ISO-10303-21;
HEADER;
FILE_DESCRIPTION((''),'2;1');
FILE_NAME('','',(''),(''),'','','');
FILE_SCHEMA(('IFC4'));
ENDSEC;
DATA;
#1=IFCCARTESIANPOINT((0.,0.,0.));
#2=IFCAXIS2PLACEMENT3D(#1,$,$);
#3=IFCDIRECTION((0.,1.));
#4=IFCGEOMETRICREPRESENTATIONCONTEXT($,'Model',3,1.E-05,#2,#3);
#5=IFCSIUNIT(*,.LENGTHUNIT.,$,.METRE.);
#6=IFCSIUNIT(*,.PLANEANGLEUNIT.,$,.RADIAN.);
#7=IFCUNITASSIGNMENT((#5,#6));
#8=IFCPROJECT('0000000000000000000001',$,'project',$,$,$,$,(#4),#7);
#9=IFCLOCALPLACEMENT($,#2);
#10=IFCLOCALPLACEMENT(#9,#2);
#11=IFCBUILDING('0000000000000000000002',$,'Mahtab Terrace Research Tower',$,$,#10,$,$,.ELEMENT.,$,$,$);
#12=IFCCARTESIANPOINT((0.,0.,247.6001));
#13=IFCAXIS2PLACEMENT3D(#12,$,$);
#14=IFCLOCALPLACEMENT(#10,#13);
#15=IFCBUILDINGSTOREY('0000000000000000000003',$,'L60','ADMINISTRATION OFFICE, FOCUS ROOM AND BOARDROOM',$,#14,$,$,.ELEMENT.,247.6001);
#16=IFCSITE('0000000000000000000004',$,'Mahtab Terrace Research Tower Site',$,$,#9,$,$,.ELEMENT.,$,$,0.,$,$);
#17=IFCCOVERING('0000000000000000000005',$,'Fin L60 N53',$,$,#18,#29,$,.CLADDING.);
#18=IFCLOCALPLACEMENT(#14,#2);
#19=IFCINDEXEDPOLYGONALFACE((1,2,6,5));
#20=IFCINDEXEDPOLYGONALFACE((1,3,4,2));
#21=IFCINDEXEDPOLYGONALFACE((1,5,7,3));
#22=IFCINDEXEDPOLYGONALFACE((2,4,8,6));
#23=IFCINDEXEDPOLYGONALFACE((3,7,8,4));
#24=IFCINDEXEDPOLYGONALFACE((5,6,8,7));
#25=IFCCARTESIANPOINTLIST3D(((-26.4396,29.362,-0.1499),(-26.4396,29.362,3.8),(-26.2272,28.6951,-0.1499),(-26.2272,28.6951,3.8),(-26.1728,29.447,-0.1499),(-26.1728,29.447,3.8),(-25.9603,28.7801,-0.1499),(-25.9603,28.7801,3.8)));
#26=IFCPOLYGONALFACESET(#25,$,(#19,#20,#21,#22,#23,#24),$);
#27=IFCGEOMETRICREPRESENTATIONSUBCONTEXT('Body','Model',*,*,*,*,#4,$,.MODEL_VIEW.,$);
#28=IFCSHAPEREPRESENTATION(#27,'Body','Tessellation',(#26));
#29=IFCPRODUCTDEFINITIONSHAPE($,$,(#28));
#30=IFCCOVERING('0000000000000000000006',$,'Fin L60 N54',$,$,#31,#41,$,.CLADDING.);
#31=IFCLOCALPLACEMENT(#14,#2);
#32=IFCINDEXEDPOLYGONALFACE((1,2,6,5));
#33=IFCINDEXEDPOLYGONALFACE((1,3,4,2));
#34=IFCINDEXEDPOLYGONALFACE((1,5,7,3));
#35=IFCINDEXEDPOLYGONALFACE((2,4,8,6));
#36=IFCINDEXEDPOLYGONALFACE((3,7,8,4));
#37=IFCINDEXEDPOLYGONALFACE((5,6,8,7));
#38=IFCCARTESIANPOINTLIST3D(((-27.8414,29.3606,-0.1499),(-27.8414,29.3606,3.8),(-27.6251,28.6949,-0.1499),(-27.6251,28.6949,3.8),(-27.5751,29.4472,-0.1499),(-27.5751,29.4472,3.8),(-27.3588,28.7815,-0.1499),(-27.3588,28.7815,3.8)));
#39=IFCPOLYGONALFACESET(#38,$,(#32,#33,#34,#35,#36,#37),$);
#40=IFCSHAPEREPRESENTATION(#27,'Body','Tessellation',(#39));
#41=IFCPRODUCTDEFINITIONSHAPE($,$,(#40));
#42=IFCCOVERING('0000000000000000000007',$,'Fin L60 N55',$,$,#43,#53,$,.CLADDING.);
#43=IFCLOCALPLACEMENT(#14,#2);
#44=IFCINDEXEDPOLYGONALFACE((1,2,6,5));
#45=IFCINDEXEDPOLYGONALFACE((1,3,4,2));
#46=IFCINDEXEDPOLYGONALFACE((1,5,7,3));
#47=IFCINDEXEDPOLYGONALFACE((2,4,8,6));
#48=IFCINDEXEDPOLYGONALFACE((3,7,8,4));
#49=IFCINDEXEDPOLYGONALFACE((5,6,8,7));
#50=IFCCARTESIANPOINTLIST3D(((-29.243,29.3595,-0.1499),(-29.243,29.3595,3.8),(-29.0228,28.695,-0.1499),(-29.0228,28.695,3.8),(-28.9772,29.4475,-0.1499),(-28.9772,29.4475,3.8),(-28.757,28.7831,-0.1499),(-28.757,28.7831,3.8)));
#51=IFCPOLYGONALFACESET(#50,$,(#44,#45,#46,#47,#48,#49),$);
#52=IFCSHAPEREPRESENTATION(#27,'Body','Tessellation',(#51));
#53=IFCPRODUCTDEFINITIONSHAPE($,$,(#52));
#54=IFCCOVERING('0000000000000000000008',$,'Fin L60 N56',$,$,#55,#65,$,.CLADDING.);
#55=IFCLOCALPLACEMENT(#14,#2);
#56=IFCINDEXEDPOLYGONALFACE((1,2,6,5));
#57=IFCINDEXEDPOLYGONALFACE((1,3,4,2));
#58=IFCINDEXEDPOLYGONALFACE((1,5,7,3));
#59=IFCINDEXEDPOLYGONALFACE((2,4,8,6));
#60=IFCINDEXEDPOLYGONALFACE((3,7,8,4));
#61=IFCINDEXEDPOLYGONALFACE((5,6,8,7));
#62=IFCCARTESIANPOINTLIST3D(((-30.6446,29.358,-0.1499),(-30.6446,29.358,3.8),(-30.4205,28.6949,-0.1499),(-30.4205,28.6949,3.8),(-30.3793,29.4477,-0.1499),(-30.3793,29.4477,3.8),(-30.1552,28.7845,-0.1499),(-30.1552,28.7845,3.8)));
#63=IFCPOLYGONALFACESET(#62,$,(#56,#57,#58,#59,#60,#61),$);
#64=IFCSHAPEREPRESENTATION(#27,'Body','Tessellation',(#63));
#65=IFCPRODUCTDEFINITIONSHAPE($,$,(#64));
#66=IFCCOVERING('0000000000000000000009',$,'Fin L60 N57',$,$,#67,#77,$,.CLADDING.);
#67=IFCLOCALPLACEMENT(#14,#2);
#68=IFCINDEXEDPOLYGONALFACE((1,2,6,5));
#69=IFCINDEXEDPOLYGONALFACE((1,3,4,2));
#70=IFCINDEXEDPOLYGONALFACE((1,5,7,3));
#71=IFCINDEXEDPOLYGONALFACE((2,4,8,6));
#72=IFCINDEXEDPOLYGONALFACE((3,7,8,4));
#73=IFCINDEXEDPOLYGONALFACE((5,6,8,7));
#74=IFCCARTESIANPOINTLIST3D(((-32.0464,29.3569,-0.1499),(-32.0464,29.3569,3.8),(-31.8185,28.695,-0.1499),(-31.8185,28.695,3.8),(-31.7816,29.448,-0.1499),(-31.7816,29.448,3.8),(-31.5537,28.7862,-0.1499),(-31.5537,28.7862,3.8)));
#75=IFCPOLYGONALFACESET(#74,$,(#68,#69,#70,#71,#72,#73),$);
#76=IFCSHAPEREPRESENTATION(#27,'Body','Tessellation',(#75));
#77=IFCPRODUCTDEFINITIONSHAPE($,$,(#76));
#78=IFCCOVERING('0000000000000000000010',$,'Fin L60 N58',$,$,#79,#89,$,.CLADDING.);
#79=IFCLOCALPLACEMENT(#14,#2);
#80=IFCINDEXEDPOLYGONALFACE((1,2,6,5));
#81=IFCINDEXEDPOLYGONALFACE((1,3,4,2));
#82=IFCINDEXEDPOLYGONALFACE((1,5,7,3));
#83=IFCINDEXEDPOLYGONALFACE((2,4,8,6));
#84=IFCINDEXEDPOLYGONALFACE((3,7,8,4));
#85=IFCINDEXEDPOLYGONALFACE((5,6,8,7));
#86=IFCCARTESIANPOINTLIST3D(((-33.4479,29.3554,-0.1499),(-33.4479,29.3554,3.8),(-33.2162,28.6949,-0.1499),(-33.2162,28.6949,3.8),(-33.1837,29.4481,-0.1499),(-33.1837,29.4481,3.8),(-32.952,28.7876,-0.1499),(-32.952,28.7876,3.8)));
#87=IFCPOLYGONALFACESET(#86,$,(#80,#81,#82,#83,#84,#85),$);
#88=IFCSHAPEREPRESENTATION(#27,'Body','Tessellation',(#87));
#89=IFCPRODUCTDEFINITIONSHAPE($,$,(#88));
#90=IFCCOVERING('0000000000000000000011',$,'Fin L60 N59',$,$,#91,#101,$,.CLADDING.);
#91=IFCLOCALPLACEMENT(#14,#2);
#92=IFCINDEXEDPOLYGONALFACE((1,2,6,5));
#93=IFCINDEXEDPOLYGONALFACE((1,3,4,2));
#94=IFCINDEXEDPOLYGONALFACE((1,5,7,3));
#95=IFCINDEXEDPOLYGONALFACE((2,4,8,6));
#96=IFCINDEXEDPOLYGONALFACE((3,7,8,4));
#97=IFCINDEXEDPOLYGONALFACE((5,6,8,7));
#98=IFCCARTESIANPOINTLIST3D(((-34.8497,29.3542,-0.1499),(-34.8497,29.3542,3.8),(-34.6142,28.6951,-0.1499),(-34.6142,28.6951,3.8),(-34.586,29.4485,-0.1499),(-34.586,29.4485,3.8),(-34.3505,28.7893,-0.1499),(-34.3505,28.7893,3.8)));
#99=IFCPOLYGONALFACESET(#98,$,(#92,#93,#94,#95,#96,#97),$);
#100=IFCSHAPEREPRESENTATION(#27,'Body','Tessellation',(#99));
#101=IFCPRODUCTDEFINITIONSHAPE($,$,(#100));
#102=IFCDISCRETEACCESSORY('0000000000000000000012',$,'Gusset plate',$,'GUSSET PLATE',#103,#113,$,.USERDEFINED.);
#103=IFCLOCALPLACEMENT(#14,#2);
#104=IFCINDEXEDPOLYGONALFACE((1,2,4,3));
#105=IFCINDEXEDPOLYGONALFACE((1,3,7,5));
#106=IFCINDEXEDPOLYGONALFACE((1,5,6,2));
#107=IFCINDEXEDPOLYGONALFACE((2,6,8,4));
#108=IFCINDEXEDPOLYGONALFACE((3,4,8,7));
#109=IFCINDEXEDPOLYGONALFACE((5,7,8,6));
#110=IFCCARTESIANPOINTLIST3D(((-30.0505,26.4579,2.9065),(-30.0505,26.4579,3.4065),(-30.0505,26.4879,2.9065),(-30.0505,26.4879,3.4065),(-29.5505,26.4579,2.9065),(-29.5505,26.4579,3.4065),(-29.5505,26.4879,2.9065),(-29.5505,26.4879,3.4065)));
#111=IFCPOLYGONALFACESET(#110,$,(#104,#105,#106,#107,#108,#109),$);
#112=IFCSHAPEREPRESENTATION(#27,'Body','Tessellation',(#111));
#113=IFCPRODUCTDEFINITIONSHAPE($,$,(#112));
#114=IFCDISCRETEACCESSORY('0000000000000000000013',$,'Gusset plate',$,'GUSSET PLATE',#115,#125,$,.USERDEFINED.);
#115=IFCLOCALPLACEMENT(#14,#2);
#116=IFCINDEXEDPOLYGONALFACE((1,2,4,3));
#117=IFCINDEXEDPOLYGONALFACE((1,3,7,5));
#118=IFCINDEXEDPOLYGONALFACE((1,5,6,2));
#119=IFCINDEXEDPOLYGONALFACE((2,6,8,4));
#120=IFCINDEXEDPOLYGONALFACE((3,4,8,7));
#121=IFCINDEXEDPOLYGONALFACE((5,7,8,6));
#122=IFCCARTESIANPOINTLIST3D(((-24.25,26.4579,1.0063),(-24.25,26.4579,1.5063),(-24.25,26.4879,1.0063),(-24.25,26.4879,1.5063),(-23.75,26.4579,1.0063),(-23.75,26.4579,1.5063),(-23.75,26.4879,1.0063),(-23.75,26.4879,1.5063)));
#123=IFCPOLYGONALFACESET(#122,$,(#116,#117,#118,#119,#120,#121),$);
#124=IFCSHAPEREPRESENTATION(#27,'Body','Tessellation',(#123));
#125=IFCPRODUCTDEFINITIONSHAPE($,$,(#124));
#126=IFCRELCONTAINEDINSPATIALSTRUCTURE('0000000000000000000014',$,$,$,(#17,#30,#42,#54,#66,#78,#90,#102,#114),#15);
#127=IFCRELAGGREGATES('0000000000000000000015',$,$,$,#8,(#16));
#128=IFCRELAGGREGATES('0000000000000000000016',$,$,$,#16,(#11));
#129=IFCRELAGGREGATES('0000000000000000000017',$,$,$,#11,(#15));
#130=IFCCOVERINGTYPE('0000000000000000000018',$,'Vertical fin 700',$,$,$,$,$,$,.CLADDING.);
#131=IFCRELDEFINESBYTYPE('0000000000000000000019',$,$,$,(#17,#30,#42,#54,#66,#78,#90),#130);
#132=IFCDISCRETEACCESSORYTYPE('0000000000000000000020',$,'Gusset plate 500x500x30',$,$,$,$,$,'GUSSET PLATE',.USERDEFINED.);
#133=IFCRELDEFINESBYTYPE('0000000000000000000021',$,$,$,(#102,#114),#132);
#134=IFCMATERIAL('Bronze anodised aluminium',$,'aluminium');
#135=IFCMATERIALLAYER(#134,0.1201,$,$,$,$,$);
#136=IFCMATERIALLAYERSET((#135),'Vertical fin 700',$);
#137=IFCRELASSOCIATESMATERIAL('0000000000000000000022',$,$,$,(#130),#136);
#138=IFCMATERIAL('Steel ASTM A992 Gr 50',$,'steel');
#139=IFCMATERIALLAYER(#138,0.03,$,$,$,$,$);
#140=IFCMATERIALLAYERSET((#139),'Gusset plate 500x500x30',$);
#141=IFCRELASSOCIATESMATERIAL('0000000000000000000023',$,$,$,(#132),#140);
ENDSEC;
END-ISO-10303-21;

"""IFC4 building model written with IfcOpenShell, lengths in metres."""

from ifc_helpers import new_model, si_unit, direction, frame, origin, origin_2d, place, context, subcontext, project, spatial, rectangle, extrude, material, layer, layer_set, type_object, element, save


model = new_model("IFC4")

# Units and contexts
model_context = context("Model", 3, precision=1e-05, world=origin(), true_north=direction((0.0, 1.0)))
body_context = subcontext(model_context, "Body", "Model", "MODEL_VIEW")
ifc_project = project(units=[si_unit("LENGTHUNIT", "METRE"), si_unit("PLANEANGLEUNIT", "RADIAN")], contexts=[model_context])

# Site, building, storey
site_placement = place(None, origin())
site = spatial("IfcSite", under=ifc_project, at=site_placement, Name="Mahtab Terrace Research Tower Site", CompositionType="ELEMENT", RefElevation=0.0)
building_placement = place(site_placement, origin())
building = spatial("IfcBuilding", under=site, at=building_placement, Name="Mahtab Terrace Research Tower", CompositionType="ELEMENT")
storey_placement = place(building_placement, frame((0.0, 0.0, 247.6001)))
storey = spatial("IfcBuildingStorey", under=building, at=storey_placement, Name="L60", Description="ADMINISTRATION OFFICE, FOCUS ROOM AND BOARDROOM", CompositionType="ELEMENT", Elevation=247.6001)

# Shared definitions
ifc_material_1 = material(Name="Steel ASTM A992 Gr 50", Category="steel")

# Coverings
ifc_material_2 = material(Name="Bronze anodised aluminium", Category="aluminium")
ifc_layer_1 = layer(ifc_material_2, 0.1201)
ifc_layer_set_1 = layer_set([ifc_layer_1], Name="Vertical fin 700")
covering_type_1 = type_object("IfcCoveringType", Name="Vertical fin 700", PredefinedType="CLADDING", material=ifc_layer_set_1)
for number, where, z_axis, x_axis, name in (
    (1, (-26.2, 29.071, -0.1499), (0.0, 0.0, 1.0), (-0.952838, -0.303479, 0.0), "Fin L60 N53"),
    (2, (-27.6001, 29.071, -0.1499), (0.0, 0.0, 1.0), (-0.951057, -0.309017, 0.0), "Fin L60 N54"),
    (3, (-29.0, 29.0713, -0.1499), (0.0, 0.0, 1.0), (-0.949243, -0.314545, 0.0), "Fin L60 N55"),
    (4, (-30.3999, 29.0713, -0.1499), (0.0, 0.0, 1.0), (-0.947397, -0.320062, 0.0), "Fin L60 N56"),
    (5, (-31.8, 29.0715, -0.1499), (0.0, 0.0, 1.0), (-0.945519, -0.325568, 0.0), "Fin L60 N57"),
    (6, (-33.2, 29.0715, -0.1499), (0.0, 0.0, 1.0), (-0.943609, -0.331063, 0.0), "Fin L60 N58"),
    (7, (-34.6001, 29.0718, -0.1499), (0.0, 0.0, 1.0), (-0.941666, -0.336547, 0.0), "Fin L60 N59"),
):
    element("IfcCovering", number, at=place(storey_placement, frame(where, z_axis=z_axis, x_axis=x_axis)), inside=storey, type_object=covering_type_1, Name=name, PredefinedType="CLADDING", context=body_context, shape_type="SweptSolid", body=[
        extrude(rectangle(XDim=0.28, YDim=0.7, at=origin_2d()), origin(), (0.0, 0.0, 1.0), 3.95),
    ])

# Discrete accessories
ifc_layer_2 = layer(ifc_material_1, 0.03)
ifc_layer_set_2 = layer_set([ifc_layer_2], Name="Gusset plate 500x500x30")
discrete_accessory_type = type_object("IfcDiscreteAccessoryType", Name="Gusset plate 500x500x30", ElementType="GUSSET PLATE", PredefinedType="USERDEFINED", material=ifc_layer_set_2)
for number, where, z_axis, x_axis, name in (
    (8, (-29.8005, 26.4729, 2.9065), (0.0, 0.0, 1.0), (1.0, 0.0, 0.0), "Gusset plate"),
    (9, (-24.0, 26.4729, 1.0063), (0.0, 0.0, 1.0), (1.0, 0.0, 0.0), "Gusset plate"),
):
    element("IfcDiscreteAccessory", number, at=place(storey_placement, frame(where, z_axis=z_axis, x_axis=x_axis)), inside=storey, type_object=discrete_accessory_type, Name=name, ObjectType="GUSSET PLATE", PredefinedType="USERDEFINED", context=body_context, shape_type="SweptSolid", body=[
        extrude(rectangle(XDim=0.5, YDim=0.03, at=origin_2d()), origin(), (0.0, 0.0, 1.0), 0.5),
    ])

save(model, "model.ifc")
